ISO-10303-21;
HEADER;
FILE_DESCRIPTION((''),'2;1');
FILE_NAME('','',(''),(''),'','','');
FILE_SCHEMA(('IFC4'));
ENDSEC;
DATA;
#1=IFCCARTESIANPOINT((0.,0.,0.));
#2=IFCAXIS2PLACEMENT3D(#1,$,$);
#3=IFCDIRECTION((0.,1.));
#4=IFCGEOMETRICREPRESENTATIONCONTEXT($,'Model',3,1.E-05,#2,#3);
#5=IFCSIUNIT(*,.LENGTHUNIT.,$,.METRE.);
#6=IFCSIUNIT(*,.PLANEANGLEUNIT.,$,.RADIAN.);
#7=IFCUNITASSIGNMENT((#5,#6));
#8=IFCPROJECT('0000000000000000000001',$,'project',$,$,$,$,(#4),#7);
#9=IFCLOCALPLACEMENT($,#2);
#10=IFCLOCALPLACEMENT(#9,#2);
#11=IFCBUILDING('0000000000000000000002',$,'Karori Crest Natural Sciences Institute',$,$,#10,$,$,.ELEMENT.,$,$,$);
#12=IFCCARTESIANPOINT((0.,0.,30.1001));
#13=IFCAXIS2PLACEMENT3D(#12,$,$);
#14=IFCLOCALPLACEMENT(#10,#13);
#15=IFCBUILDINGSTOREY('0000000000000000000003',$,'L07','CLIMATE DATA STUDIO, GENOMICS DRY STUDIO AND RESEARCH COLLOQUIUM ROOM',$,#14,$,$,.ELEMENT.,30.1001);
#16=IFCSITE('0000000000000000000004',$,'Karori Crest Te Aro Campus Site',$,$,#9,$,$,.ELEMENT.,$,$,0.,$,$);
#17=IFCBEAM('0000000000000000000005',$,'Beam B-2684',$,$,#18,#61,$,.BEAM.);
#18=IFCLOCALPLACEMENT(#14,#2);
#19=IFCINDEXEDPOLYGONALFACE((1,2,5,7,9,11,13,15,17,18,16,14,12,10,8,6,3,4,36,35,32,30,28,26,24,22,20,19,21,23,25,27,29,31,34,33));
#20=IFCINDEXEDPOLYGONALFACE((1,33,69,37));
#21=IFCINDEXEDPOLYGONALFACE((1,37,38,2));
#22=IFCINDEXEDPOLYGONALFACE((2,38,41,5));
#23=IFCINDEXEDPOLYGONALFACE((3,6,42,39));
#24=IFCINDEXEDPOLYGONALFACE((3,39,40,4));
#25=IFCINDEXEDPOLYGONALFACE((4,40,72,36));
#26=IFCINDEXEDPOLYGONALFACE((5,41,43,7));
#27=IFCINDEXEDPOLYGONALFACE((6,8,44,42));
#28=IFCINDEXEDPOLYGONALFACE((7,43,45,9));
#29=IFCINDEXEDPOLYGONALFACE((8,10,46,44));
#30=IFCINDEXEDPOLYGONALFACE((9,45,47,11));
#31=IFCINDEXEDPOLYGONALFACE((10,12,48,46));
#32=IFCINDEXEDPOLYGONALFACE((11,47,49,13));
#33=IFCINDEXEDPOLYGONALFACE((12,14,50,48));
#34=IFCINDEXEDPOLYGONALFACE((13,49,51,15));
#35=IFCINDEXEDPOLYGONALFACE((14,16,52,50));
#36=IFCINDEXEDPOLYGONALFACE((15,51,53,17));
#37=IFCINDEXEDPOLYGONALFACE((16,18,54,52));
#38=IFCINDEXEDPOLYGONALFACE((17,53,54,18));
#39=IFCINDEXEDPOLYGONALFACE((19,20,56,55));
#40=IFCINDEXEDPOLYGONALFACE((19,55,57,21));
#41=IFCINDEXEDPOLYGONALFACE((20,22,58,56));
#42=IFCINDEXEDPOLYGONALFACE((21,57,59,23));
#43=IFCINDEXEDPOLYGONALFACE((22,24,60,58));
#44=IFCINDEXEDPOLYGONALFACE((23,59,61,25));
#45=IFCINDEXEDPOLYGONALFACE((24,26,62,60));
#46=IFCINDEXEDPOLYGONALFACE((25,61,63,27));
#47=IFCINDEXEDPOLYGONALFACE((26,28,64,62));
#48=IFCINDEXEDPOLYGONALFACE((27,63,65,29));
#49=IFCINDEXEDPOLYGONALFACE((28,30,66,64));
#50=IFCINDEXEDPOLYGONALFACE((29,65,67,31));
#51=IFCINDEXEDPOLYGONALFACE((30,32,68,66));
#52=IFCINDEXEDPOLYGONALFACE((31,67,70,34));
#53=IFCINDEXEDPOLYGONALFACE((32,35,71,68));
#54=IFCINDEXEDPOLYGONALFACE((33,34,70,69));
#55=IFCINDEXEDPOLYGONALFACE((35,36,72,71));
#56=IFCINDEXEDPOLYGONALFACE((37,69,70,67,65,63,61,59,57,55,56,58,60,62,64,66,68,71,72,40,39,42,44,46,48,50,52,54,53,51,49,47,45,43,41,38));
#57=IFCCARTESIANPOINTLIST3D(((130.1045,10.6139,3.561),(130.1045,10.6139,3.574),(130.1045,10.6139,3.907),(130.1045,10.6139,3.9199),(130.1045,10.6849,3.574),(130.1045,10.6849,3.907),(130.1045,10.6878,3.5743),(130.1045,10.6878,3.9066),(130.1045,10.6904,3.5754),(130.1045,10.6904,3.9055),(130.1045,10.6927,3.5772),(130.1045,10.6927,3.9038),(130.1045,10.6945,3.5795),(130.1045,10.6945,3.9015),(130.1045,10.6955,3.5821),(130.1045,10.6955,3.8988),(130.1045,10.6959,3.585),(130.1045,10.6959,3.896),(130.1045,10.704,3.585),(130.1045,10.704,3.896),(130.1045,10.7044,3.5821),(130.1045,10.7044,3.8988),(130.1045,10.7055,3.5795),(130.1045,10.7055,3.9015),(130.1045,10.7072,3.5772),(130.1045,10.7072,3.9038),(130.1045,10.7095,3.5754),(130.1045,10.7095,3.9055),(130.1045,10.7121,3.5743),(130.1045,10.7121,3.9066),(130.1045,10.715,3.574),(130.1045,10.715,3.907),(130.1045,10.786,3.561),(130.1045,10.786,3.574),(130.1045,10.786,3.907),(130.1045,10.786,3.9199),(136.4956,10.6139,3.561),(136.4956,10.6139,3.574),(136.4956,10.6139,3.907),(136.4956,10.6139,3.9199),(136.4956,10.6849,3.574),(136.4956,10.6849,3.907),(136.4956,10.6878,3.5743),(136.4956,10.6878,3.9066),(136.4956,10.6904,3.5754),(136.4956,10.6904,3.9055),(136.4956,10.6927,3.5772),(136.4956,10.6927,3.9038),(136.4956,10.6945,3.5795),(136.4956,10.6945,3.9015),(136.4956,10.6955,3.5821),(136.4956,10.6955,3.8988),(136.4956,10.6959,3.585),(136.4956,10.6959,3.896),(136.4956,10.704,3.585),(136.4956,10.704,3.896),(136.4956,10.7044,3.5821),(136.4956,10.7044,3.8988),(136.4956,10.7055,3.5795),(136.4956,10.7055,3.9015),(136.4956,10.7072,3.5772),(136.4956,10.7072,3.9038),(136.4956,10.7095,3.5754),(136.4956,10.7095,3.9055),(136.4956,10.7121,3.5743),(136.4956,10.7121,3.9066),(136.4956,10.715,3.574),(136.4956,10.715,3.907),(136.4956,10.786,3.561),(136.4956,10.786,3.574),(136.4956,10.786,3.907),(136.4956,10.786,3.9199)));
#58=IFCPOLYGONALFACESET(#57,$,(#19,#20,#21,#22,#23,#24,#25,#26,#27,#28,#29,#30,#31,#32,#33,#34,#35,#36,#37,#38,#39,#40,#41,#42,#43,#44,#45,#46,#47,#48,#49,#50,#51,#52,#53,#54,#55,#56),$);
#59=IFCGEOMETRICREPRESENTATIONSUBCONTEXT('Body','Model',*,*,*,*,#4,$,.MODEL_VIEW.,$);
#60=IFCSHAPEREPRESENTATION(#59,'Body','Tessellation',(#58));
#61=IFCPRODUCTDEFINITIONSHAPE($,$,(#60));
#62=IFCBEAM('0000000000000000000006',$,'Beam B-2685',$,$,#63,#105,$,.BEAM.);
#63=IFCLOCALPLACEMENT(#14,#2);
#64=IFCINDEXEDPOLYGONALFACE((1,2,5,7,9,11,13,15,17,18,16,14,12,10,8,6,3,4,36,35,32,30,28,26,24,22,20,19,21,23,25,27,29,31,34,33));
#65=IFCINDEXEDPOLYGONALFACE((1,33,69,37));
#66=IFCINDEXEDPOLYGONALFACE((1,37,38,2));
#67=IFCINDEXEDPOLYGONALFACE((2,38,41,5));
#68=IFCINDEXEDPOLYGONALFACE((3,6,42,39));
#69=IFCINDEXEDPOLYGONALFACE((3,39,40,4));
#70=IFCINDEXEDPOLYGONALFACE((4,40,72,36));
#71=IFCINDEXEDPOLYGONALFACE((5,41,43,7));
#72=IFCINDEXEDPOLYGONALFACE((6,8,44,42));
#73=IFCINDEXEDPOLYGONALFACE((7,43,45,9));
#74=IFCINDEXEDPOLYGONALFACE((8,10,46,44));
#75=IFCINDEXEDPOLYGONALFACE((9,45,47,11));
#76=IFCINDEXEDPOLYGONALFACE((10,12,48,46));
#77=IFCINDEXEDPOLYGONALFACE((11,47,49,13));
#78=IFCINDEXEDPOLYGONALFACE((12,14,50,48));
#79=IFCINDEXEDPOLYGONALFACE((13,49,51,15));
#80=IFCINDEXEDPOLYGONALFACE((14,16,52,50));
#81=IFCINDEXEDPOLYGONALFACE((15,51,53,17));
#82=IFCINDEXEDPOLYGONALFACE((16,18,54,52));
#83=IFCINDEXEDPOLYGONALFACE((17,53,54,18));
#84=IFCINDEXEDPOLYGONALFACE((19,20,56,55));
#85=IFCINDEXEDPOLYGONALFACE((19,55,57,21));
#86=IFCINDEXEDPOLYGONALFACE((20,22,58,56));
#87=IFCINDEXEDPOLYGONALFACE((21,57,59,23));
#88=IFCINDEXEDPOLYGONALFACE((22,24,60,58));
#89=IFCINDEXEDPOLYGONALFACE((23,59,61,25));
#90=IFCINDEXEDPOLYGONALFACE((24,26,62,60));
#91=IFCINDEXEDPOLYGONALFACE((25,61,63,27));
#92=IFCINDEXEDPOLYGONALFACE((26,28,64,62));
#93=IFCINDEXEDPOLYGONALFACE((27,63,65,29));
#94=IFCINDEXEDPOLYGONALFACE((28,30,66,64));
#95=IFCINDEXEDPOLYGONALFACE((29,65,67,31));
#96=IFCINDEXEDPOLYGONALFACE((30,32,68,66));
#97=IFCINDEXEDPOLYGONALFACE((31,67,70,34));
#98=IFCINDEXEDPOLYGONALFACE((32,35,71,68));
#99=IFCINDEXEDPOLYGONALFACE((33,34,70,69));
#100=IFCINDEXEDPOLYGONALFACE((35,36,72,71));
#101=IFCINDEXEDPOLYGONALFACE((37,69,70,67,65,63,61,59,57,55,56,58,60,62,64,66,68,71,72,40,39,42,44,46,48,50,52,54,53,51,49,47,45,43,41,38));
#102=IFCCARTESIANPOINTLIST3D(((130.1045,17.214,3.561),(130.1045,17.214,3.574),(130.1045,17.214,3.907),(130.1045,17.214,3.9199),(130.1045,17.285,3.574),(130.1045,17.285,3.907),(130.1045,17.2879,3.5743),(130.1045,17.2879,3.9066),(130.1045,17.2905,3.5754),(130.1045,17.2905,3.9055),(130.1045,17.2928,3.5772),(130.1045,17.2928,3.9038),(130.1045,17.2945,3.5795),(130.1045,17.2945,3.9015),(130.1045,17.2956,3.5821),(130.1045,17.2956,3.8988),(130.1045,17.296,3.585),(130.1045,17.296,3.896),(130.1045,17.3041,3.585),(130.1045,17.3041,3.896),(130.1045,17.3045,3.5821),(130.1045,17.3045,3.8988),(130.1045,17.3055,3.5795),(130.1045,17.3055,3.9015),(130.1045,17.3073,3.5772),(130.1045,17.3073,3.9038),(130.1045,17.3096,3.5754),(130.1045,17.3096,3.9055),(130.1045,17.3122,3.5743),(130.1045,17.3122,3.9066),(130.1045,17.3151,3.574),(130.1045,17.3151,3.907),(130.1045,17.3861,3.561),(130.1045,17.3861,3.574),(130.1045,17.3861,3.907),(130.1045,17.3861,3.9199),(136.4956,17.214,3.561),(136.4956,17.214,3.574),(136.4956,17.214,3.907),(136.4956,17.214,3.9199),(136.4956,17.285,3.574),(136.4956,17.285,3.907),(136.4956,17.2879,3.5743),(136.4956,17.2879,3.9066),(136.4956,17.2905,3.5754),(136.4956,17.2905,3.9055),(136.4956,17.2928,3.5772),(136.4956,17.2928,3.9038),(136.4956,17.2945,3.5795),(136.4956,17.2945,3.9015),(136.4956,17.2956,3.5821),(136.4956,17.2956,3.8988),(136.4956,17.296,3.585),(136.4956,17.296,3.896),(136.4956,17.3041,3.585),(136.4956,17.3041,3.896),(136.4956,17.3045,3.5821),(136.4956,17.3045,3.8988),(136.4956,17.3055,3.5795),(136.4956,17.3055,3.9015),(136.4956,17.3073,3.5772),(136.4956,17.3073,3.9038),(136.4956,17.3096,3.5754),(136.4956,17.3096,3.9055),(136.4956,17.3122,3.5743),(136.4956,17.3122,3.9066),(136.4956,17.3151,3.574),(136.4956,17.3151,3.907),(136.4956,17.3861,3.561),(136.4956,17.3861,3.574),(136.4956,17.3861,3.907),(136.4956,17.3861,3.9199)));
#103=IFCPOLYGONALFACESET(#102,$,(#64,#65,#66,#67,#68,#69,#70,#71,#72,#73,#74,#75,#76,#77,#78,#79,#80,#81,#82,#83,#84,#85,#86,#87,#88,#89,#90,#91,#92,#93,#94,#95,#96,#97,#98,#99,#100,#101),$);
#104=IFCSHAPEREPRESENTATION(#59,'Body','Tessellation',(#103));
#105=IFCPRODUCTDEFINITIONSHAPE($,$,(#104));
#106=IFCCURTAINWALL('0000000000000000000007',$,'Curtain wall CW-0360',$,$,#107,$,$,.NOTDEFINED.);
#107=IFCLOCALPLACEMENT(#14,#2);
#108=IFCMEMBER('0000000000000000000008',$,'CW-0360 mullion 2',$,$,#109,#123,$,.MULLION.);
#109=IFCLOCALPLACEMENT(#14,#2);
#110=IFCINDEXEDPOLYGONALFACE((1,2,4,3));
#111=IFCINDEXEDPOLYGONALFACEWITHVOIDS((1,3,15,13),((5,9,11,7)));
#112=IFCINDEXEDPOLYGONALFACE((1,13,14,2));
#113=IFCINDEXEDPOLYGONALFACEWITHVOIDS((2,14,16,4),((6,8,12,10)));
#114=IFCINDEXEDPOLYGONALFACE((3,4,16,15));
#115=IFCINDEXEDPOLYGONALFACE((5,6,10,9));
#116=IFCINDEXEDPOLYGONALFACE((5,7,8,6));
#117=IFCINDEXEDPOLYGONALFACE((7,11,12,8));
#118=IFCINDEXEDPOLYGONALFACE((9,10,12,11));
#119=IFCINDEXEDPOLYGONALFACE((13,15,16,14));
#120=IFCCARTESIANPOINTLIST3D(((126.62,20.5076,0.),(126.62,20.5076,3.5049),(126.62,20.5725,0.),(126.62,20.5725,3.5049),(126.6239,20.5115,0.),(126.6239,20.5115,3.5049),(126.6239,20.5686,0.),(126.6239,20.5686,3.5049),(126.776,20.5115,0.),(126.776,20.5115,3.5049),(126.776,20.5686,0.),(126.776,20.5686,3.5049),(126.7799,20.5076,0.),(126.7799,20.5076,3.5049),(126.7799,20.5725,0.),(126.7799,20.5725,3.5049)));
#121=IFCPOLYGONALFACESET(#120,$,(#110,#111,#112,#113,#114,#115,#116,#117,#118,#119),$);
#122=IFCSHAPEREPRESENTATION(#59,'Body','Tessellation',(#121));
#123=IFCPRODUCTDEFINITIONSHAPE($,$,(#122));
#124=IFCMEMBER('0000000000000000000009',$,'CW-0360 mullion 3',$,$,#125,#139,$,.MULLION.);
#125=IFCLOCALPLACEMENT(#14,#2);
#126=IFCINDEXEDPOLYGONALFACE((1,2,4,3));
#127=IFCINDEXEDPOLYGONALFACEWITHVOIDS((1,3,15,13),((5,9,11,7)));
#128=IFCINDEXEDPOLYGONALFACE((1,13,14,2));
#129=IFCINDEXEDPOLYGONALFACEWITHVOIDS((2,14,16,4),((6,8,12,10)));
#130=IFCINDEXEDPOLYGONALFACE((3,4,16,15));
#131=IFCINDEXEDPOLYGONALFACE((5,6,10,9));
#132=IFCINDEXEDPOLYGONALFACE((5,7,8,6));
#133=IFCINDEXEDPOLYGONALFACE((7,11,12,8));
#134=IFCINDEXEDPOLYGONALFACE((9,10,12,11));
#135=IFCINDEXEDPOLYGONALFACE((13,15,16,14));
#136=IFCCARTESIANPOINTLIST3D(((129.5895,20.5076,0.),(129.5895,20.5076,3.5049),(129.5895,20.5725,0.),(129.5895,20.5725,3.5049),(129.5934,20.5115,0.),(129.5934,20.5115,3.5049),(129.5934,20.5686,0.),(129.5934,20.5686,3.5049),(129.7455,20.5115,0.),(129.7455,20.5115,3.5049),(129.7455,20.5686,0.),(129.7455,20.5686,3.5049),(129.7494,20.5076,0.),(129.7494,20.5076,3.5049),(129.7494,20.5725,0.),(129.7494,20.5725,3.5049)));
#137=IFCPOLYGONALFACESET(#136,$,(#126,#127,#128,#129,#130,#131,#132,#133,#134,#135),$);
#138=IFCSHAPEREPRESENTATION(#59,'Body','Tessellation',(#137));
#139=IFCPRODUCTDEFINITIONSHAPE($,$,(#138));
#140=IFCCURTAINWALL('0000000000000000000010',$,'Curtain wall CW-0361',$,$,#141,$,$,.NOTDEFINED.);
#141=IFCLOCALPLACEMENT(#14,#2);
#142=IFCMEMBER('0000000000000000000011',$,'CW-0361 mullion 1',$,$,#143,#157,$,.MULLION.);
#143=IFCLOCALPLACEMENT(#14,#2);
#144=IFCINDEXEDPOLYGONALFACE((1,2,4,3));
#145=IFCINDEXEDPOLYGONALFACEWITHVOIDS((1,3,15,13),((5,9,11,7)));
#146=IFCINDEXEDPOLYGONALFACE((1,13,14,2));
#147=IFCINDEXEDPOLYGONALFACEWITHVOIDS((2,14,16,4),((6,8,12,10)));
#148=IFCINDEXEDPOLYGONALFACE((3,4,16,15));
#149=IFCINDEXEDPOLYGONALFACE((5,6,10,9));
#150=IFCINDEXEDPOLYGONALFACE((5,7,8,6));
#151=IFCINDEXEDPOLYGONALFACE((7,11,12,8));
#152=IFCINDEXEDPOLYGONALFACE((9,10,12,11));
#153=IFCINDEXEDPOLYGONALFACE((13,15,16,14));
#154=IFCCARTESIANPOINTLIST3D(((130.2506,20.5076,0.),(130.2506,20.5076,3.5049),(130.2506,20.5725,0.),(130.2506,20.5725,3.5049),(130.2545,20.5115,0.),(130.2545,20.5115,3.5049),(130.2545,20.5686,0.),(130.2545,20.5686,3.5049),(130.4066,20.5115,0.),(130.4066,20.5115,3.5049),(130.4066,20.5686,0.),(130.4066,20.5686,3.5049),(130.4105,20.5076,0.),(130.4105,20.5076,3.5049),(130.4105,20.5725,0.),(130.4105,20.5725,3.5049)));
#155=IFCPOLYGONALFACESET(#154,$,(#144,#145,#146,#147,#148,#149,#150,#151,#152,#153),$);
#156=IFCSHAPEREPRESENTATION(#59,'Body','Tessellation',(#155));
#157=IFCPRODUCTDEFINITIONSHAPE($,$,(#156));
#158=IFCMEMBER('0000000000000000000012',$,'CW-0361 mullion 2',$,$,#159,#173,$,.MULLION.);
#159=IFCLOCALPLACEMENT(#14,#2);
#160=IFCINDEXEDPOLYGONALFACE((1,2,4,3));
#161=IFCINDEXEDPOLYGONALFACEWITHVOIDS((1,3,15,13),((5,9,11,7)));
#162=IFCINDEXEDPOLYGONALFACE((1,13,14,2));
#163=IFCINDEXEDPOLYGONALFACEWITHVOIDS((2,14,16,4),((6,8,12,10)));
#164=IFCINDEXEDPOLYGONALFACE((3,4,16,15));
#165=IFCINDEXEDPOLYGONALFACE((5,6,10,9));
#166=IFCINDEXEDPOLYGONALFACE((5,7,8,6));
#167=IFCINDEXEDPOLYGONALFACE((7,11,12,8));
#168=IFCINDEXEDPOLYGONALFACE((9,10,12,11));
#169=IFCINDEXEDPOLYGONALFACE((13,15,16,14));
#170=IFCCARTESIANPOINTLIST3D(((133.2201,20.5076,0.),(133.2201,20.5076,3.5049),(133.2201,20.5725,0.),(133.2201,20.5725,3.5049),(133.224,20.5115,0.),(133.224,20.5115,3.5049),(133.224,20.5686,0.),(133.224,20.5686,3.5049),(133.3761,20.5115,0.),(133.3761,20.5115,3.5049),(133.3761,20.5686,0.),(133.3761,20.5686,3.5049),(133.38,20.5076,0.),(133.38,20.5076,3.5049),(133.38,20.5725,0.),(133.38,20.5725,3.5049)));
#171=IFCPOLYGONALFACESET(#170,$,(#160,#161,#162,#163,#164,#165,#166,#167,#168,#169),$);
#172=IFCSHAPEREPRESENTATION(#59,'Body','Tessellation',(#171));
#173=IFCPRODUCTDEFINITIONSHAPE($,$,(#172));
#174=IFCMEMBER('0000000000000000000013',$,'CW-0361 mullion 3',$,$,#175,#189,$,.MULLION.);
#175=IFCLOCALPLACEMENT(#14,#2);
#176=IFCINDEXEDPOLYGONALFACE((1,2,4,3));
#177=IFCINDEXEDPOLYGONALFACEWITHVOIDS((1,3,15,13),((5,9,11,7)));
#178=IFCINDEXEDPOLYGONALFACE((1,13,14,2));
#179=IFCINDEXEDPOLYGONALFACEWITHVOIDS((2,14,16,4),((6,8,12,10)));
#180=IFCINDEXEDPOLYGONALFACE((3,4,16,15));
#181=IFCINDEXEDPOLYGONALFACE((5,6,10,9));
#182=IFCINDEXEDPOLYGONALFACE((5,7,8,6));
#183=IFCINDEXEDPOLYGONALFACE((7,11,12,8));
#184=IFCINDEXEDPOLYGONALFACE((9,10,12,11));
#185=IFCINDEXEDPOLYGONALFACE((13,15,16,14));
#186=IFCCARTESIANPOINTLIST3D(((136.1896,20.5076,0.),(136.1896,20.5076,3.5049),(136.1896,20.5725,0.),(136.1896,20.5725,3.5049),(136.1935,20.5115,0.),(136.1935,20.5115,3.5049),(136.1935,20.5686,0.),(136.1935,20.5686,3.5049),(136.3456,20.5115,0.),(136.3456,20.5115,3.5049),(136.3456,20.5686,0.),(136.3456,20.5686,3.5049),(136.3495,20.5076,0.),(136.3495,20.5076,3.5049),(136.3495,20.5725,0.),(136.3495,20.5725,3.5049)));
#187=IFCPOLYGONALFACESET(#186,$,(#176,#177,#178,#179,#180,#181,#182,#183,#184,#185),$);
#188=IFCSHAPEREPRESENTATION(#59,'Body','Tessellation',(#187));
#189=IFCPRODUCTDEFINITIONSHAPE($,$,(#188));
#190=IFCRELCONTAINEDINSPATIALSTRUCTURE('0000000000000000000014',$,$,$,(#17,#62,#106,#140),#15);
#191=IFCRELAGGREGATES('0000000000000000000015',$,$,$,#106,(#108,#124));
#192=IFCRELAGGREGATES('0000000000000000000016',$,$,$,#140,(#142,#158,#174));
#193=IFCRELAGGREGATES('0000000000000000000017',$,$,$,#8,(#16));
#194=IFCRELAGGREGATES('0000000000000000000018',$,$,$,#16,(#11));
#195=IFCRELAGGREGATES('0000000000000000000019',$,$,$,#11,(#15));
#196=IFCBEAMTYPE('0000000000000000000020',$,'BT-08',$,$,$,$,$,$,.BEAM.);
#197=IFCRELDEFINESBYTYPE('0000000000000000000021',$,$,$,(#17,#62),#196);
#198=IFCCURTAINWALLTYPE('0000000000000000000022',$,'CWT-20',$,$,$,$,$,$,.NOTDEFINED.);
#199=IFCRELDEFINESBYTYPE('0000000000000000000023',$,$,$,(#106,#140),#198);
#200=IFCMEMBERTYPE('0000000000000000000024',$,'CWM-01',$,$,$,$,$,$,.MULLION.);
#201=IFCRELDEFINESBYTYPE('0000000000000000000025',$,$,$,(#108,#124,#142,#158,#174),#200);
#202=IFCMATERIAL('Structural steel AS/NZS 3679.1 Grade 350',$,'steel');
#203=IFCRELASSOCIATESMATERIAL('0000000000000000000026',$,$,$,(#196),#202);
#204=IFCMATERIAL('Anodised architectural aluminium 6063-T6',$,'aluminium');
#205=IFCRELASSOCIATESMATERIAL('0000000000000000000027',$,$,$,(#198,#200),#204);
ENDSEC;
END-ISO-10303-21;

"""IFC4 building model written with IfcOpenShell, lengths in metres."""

from ifc_helpers import new_model, si_unit, direction, frame, origin, origin_2d, place, context, subcontext, project, spatial, hollow_rectangle, i_section, extrude, material, material_profile, profile_set, type_object, element, aggregate, save


model = new_model("IFC4")

# Units and contexts
model_context = context("Model", 3, precision=1e-05, world=origin(), true_north=direction((0.0, 1.0)))
body_context = subcontext(model_context, "Body", "Model", "MODEL_VIEW")
ifc_project = project(units=[si_unit("LENGTHUNIT", "METRE"), si_unit("PLANEANGLEUNIT", "RADIAN")], contexts=[model_context])

# Site, building, storey
site_placement = place(None, origin())
site = spatial("IfcSite", under=ifc_project, at=site_placement, Name="Karori Crest Te Aro Campus Site", CompositionType="ELEMENT", RefElevation=0.0)
building_placement = place(site_placement, origin())
building = spatial("IfcBuilding", under=site, at=building_placement, Name="Karori Crest Natural Sciences Institute", CompositionType="ELEMENT")
storey_placement = place(building_placement, frame((0.0, 0.0, 30.1001)))
storey = spatial("IfcBuildingStorey", under=building, at=storey_placement, Name="L07", Description="CLIMATE DATA STUDIO, GENOMICS DRY STUDIO AND RESEARCH COLLOQUIUM ROOM", CompositionType="ELEMENT", Elevation=30.1001)

# Shared definitions
ifc_material_1 = material(Name="Structural steel AS/NZS 3679.1 Grade 350", Category="steel")

# Beams
ifc_material_profile_1 = material_profile(ifc_material_1, i_section(OverallWidth=0.1721, OverallDepth=0.3589, WebThickness=0.0081, FlangeThickness=0.0129, FilletRadius=0.011, at=origin_2d()), Name="360UB56.7")
ifc_profile_set_1 = profile_set([ifc_material_profile_1], Name="Structural steel AS/NZS 3679.1 Grade 350")
beam_type_1 = type_object("IfcBeamType", Name="BT-08", PredefinedType="BEAM", material=ifc_profile_set_1)
for number, where, z_axis, x_axis, name in (
    (1, (130.1045, 10.7, 3.7405), (1.0, 0.0, 0.0), (0.0, 1.0, 0.0), "Beam B-2684"),
    (2, (130.1045, 17.3, 3.7405), (1.0, 0.0, 0.0), (0.0, 1.0, 0.0), "Beam B-2685"),
):
    element("IfcBeam", number, at=place(storey_placement, frame(where, z_axis=z_axis, x_axis=x_axis)), inside=storey, type_object=beam_type_1, Name=name, PredefinedType="BEAM", context=body_context, shape_type="SweptSolid", body=[
        extrude(i_section(OverallWidth=0.1721, OverallDepth=0.3589, WebThickness=0.0081, FlangeThickness=0.0129, FilletRadius=0.011, at=origin_2d()), origin(), (0.0, 0.0, 1.0), 6.3911),
    ])

# Curtain walls, members
ifc_material_2 = material(Name="Anodised architectural aluminium 6063-T6", Category="aluminium")
curtain_wall_type = type_object("IfcCurtainWallType", Name="CWT-20", PredefinedType="NOTDEFINED", material=ifc_material_2)
curtain_wall_1_placement = place(storey_placement, origin())
curtain_wall_1 = element("IfcCurtainWall", 3, at=curtain_wall_1_placement, inside=storey, type_object=curtain_wall_type, Name="Curtain wall CW-0360", PredefinedType="NOTDEFINED")
ifc_material_profile_2 = material_profile(ifc_material_2, hollow_rectangle(XDim=0.0649, YDim=0.1599, WallThickness=0.0039, at=origin_2d()), Name="CWM160x65x4")
ifc_profile_set_2 = profile_set([ifc_material_profile_2], Name="Anodised architectural aluminium 6063-T6")
member_type_1 = type_object("IfcMemberType", Name="CWM-01", PredefinedType="MULLION", material=ifc_profile_set_2)
member_1_placement = place(storey_placement, frame((126.7, 20.54, 0.0), z_axis=(0.0, 0.0, 1.0), x_axis=(0.0, 1.0, 0.0)))
member_1 = element("IfcMember", 4, at=member_1_placement, type_object=member_type_1, Name="CW-0360 mullion 2", PredefinedType="MULLION", context=body_context, shape_type="SweptSolid", body=[
    extrude(hollow_rectangle(XDim=0.0649, YDim=0.1599, WallThickness=0.0039, at=origin_2d()), origin(), (0.0, 0.0, 1.0), 3.5049),
])
member_2_placement = place(storey_placement, frame((129.6694, 20.54, 0.0), z_axis=(0.0, 0.0, 1.0), x_axis=(0.0, 1.0, 0.0)))
member_2 = element("IfcMember", 5, at=member_2_placement, type_object=member_type_1, Name="CW-0360 mullion 3", PredefinedType="MULLION", context=body_context, shape_type="SweptSolid", body=[
    extrude(hollow_rectangle(XDim=0.0649, YDim=0.1599, WallThickness=0.0039, at=origin_2d()), origin(), (0.0, 0.0, 1.0), 3.5049),
])
curtain_wall_2_placement = place(storey_placement, origin())
curtain_wall_2 = element("IfcCurtainWall", 6, at=curtain_wall_2_placement, inside=storey, type_object=curtain_wall_type, Name="Curtain wall CW-0361", PredefinedType="NOTDEFINED")
member_3_placement = place(storey_placement, frame((130.3306, 20.54, 0.0), z_axis=(0.0, 0.0, 1.0), x_axis=(0.0, 1.0, 0.0)))
member_3 = element("IfcMember", 7, at=member_3_placement, type_object=member_type_1, Name="CW-0361 mullion 1", PredefinedType="MULLION", context=body_context, shape_type="SweptSolid", body=[
    extrude(hollow_rectangle(XDim=0.0649, YDim=0.1599, WallThickness=0.0039, at=origin_2d()), origin(), (0.0, 0.0, 1.0), 3.5049),
])
member_4_placement = place(storey_placement, frame((133.3, 20.54, 0.0), z_axis=(0.0, 0.0, 1.0), x_axis=(0.0, 1.0, 0.0)))
member_4 = element("IfcMember", 8, at=member_4_placement, type_object=member_type_1, Name="CW-0361 mullion 2", PredefinedType="MULLION", context=body_context, shape_type="SweptSolid", body=[
    extrude(hollow_rectangle(XDim=0.0649, YDim=0.1599, WallThickness=0.0039, at=origin_2d()), origin(), (0.0, 0.0, 1.0), 3.5049),
])
member_5_placement = place(storey_placement, frame((136.2695, 20.54, 0.0), z_axis=(0.0, 0.0, 1.0), x_axis=(0.0, 1.0, 0.0)))
member_5 = element("IfcMember", 9, at=member_5_placement, type_object=member_type_1, Name="CW-0361 mullion 3", PredefinedType="MULLION", context=body_context, shape_type="SweptSolid", body=[
    extrude(hollow_rectangle(XDim=0.0649, YDim=0.1599, WallThickness=0.0039, at=origin_2d()), origin(), (0.0, 0.0, 1.0), 3.5049),
])

aggregate(curtain_wall_1, [member_1, member_2])
aggregate(curtain_wall_2, [member_3, member_4, member_5])

save(model, "model.ifc")
